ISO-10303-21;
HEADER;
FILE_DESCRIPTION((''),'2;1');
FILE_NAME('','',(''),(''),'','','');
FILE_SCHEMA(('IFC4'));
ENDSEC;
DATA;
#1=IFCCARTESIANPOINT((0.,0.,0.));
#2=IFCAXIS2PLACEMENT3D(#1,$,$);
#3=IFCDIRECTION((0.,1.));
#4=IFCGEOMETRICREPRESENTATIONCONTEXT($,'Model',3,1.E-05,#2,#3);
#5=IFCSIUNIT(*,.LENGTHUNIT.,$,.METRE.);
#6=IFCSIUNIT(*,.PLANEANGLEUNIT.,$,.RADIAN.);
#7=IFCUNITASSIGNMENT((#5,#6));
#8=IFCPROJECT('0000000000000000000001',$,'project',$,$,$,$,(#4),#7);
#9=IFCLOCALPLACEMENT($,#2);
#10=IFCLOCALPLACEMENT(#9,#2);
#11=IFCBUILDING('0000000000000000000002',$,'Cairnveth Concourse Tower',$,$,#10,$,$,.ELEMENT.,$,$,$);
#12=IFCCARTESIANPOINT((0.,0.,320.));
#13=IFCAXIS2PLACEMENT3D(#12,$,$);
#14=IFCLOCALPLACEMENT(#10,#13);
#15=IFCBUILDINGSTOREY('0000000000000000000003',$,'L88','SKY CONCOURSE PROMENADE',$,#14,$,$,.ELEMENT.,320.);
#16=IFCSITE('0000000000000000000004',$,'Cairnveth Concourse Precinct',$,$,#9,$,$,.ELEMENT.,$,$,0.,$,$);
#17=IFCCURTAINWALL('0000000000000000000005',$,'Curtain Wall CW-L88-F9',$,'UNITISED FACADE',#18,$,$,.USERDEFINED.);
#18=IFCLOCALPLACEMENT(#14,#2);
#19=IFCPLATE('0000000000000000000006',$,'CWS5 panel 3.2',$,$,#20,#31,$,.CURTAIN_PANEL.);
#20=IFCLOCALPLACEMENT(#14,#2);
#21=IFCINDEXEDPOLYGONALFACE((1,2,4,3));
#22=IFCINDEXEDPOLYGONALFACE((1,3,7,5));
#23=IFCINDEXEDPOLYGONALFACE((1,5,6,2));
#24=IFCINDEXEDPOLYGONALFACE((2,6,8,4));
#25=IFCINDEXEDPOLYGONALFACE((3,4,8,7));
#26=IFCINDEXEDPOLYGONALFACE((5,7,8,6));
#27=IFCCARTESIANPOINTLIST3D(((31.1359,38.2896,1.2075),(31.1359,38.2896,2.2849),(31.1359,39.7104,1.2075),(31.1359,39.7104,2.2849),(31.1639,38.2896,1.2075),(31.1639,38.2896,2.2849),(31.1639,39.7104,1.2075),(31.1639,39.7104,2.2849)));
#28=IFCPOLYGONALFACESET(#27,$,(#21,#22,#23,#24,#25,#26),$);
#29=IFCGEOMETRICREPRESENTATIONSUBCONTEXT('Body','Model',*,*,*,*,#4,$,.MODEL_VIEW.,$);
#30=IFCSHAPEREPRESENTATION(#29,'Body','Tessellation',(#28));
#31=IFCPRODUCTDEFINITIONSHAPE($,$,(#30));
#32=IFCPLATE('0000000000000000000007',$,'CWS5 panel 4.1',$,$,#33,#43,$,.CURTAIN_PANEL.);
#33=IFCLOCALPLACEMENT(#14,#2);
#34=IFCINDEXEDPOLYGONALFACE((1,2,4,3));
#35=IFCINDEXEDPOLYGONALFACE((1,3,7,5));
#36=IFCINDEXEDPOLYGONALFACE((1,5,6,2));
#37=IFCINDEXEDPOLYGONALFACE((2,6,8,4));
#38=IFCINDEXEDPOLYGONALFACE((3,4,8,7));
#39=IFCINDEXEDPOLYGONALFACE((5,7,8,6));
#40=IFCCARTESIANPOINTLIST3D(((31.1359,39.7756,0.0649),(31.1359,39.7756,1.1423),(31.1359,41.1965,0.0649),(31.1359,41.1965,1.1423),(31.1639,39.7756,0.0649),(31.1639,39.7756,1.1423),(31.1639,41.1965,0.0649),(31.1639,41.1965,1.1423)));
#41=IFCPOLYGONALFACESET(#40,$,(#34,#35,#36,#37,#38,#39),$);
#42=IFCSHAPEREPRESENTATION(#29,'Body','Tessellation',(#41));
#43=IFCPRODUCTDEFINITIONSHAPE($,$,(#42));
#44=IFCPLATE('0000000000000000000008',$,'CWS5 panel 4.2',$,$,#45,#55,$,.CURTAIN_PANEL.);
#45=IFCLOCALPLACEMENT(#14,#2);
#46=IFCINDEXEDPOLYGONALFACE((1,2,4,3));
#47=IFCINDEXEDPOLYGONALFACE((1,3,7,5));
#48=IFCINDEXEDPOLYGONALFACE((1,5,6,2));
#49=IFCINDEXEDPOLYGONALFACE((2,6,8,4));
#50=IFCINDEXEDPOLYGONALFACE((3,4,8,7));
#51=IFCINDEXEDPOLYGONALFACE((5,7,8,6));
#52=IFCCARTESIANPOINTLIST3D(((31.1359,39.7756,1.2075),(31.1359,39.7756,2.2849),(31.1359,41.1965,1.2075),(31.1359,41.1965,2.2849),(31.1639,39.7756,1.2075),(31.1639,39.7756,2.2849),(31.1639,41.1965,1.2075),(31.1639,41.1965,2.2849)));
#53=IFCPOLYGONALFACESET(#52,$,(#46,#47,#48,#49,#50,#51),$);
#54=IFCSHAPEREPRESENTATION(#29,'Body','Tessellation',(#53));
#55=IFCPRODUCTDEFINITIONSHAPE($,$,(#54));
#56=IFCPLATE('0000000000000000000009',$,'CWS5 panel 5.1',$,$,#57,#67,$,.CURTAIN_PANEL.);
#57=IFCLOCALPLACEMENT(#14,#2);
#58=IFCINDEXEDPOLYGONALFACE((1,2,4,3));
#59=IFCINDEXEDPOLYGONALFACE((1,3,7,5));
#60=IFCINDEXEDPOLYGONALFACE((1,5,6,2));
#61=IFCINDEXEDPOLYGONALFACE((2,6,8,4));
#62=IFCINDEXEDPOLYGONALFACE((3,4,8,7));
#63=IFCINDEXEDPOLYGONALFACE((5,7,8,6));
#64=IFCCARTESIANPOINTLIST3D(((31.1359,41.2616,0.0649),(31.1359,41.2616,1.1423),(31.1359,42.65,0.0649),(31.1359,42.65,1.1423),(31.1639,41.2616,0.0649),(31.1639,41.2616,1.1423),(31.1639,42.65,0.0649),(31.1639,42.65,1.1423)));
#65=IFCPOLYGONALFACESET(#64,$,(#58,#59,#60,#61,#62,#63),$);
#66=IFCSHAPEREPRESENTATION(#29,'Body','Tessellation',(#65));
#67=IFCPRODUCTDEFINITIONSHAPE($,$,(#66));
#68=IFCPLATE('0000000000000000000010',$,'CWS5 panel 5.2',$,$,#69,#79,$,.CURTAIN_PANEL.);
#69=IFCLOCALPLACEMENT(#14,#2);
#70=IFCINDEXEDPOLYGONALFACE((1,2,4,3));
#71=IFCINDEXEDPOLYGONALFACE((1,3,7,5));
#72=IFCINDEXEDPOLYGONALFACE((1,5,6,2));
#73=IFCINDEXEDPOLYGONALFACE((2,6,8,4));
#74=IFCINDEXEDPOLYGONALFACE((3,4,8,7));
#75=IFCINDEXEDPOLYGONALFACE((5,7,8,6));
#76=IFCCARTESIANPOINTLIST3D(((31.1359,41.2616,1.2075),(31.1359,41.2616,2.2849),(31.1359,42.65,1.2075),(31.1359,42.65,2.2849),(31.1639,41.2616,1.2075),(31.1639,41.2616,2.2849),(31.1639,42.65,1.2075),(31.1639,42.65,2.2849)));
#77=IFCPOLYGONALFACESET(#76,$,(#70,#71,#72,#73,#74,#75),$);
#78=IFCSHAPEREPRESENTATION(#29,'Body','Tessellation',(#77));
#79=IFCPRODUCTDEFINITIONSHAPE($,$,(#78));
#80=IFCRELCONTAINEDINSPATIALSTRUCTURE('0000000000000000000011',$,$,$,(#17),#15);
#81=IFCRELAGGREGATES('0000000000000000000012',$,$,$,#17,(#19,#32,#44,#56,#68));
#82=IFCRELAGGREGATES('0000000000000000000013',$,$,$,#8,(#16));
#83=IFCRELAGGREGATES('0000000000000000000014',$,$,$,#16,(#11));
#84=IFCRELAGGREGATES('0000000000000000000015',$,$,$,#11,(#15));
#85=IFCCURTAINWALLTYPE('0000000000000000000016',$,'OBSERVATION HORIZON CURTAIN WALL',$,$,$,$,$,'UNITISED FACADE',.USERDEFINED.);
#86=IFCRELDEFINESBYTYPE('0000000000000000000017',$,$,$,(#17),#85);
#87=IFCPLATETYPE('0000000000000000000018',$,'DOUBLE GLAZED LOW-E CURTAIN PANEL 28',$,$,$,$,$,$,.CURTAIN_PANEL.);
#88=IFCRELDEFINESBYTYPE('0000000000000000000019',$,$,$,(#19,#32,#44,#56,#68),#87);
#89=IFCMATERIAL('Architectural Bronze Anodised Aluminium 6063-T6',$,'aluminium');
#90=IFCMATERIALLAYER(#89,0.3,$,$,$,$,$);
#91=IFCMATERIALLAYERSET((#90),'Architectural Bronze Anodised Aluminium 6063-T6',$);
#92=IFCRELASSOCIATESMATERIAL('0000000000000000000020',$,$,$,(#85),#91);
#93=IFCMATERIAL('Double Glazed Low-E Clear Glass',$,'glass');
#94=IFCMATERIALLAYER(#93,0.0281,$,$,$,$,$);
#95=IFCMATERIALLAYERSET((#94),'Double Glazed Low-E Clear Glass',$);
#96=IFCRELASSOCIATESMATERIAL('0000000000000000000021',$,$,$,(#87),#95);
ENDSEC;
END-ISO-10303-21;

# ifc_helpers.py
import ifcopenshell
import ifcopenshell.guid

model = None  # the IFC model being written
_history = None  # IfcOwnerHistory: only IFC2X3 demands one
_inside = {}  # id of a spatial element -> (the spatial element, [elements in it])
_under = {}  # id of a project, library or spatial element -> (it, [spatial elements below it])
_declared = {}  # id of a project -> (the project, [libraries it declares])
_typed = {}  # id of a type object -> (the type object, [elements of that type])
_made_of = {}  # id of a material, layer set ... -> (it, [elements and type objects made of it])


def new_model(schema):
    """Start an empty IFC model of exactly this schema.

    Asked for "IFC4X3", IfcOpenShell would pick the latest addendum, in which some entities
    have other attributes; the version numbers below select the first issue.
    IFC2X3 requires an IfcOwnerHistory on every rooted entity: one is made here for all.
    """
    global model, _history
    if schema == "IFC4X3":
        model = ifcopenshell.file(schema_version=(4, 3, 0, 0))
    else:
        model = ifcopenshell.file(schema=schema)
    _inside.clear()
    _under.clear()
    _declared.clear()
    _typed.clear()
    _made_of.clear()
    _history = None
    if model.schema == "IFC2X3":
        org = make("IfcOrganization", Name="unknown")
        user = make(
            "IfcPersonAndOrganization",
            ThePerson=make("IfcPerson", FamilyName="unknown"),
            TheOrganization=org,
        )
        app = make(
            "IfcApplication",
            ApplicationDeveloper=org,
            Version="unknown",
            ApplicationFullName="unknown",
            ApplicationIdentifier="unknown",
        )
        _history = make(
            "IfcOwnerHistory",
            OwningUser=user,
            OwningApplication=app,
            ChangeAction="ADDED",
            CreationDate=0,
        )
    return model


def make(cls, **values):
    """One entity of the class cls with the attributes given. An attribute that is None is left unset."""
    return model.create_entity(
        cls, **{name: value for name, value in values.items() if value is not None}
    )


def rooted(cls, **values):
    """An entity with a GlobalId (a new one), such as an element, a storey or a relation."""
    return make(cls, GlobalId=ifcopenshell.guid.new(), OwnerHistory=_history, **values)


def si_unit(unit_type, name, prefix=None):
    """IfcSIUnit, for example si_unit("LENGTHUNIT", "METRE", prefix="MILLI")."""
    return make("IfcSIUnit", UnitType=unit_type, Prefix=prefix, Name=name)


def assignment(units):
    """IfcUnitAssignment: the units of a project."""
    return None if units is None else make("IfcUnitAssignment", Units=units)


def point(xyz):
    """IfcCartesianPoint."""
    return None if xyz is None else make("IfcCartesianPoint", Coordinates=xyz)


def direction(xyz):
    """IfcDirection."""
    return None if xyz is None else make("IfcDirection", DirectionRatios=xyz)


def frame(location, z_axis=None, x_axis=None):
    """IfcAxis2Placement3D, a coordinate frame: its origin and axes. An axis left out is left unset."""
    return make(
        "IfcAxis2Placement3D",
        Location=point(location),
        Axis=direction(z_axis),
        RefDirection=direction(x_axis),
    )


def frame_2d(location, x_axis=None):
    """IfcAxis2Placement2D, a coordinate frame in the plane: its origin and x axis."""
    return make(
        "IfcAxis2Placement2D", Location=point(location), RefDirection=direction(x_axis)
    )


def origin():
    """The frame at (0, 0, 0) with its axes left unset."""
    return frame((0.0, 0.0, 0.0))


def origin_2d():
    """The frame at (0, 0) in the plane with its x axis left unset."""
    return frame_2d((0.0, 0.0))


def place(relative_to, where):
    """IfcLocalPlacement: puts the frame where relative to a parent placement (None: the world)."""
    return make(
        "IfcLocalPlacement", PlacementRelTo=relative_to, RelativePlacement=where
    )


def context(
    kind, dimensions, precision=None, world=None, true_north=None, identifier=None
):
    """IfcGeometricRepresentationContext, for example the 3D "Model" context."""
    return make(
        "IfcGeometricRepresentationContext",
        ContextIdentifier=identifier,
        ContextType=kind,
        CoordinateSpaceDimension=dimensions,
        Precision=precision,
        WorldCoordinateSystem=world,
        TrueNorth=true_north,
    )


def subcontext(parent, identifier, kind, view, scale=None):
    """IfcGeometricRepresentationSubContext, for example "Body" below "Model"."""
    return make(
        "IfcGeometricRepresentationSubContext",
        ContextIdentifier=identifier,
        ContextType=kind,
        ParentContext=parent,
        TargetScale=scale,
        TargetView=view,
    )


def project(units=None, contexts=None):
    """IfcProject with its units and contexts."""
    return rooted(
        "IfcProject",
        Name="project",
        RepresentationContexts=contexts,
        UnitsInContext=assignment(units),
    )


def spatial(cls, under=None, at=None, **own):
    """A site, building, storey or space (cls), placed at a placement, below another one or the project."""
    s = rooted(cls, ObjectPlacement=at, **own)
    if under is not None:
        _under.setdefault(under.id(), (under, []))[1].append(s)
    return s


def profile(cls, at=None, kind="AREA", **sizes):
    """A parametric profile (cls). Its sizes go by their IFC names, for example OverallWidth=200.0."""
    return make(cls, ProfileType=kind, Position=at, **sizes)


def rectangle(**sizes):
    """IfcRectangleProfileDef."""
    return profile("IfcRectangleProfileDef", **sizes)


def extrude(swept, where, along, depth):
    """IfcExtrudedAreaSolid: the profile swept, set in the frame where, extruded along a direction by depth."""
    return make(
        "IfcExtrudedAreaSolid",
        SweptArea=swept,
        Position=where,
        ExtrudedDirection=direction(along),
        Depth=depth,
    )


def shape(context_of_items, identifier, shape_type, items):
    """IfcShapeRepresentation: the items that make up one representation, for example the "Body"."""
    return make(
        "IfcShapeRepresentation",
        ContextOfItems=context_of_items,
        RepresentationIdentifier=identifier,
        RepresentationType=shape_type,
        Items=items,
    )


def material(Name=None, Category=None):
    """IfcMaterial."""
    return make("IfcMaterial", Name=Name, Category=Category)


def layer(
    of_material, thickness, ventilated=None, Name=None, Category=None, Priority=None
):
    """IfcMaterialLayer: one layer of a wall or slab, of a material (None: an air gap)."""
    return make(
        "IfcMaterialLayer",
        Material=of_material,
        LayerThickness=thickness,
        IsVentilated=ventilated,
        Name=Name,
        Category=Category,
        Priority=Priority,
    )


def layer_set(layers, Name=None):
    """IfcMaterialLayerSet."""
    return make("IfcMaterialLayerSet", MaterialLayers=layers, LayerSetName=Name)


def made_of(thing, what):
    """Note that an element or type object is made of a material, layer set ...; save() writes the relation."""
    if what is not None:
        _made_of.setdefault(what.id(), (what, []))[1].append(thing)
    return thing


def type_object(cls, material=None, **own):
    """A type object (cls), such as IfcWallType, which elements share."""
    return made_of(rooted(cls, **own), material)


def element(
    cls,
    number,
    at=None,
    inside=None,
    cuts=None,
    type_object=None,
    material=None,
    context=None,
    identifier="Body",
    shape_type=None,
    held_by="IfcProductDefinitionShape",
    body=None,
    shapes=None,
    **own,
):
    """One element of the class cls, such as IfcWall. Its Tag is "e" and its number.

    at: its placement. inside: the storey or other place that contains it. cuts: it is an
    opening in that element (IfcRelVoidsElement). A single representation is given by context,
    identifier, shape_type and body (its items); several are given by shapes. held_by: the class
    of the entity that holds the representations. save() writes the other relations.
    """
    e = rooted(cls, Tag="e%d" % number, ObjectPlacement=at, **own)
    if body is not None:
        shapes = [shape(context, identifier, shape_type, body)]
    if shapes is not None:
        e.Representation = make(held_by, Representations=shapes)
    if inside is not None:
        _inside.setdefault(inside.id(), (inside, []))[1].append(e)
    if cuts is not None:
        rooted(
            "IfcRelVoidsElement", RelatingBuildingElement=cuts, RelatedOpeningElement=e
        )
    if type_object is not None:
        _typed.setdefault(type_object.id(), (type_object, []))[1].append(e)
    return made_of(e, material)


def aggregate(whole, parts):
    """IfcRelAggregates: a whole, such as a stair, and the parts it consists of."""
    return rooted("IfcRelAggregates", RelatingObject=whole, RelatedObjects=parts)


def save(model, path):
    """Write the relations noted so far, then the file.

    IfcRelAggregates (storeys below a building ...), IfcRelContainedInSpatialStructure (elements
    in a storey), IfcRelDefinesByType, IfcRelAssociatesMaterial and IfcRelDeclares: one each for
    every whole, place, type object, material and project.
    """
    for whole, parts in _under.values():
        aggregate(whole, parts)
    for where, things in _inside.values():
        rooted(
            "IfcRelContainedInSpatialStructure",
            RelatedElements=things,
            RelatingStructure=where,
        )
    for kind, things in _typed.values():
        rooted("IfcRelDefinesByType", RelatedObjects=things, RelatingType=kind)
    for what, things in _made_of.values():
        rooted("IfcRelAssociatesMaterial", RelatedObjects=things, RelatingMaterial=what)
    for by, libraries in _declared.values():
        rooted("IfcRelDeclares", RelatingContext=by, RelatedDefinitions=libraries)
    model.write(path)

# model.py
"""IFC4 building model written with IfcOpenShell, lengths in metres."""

from ifc_helpers import new_model, si_unit, direction, frame, origin, origin_2d, place, context, subcontext, project, spatial, rectangle, extrude, material, layer, layer_set, type_object, element, aggregate, save


model = new_model("IFC4")

# Units and contexts
model_context = context("Model", 3, precision=1e-05, world=origin(), true_north=direction((0.0, 1.0)))
body_context = subcontext(model_context, "Body", "Model", "MODEL_VIEW")
ifc_project = project(units=[si_unit("LENGTHUNIT", "METRE"), si_unit("PLANEANGLEUNIT", "RADIAN")], contexts=[model_context])

# Site, building, storey
site_placement = place(None, origin())
site = spatial("IfcSite", under=ifc_project, at=site_placement, Name="Cairnveth Concourse Precinct", CompositionType="ELEMENT", RefElevation=0.0)
building_placement = place(site_placement, origin())
building = spatial("IfcBuilding", under=site, at=building_placement, Name="Cairnveth Concourse Tower", CompositionType="ELEMENT")
storey_placement = place(building_placement, frame((0.0, 0.0, 320.0)))
storey = spatial("IfcBuildingStorey", under=building, at=storey_placement, Name="L88", Description="SKY CONCOURSE PROMENADE", CompositionType="ELEMENT", Elevation=320.0)

# Curtain wall, plates
ifc_material_1 = material(Name="Architectural Bronze Anodised Aluminium 6063-T6", Category="aluminium")
ifc_layer_1 = layer(ifc_material_1, 0.3)
ifc_layer_set_1 = layer_set([ifc_layer_1], Name="Architectural Bronze Anodised Aluminium 6063-T6")
curtain_wall_type = type_object("IfcCurtainWallType", Name="OBSERVATION HORIZON CURTAIN WALL", ElementType="UNITISED FACADE", PredefinedType="USERDEFINED", material=ifc_layer_set_1)
curtain_wall_placement = place(storey_placement, origin())
curtain_wall = element("IfcCurtainWall", 1, at=curtain_wall_placement, inside=storey, type_object=curtain_wall_type, Name="Curtain Wall CW-L88-F9", ObjectType="UNITISED FACADE", PredefinedType="USERDEFINED")
ifc_material_2 = material(Name="Double Glazed Low-E Clear Glass", Category="glass")
ifc_layer_2 = layer(ifc_material_2, 0.0281)
ifc_layer_set_2 = layer_set([ifc_layer_2], Name="Double Glazed Low-E Clear Glass")
plate_type = type_object("IfcPlateType", Name="DOUBLE GLAZED LOW-E CURTAIN PANEL 28", PredefinedType="CURTAIN_PANEL", material=ifc_layer_set_2)
plate_1_placement = place(storey_placement, frame((31.1499, 39.0, 1.2075), z_axis=(0.0, 0.0, 1.0), x_axis=(0.0, 1.0, 0.0)))
plate_1 = element("IfcPlate", 2, at=plate_1_placement, type_object=plate_type, Name="CWS5 panel 3.2", PredefinedType="CURTAIN_PANEL", context=body_context, shape_type="SweptSolid", body=[
    extrude(rectangle(XDim=1.4209, YDim=0.0281, at=origin_2d()), origin(), (0.0, 0.0, 1.0), 1.0774),
])
plate_2_placement = place(storey_placement, frame((31.1499, 40.4861, 0.0649), z_axis=(0.0, 0.0, 1.0), x_axis=(0.0, 1.0, 0.0)))
plate_2 = element("IfcPlate", 3, at=plate_2_placement, type_object=plate_type, Name="CWS5 panel 4.1", PredefinedType="CURTAIN_PANEL", context=body_context, shape_type="SweptSolid", body=[
    extrude(rectangle(XDim=1.4209, YDim=0.0281, at=origin_2d()), origin(), (0.0, 0.0, 1.0), 1.0774),
])
plate_3_placement = place(storey_placement, frame((31.1499, 40.4861, 1.2075), z_axis=(0.0, 0.0, 1.0), x_axis=(0.0, 1.0, 0.0)))
plate_3 = element("IfcPlate", 4, at=plate_3_placement, type_object=plate_type, Name="CWS5 panel 4.2", PredefinedType="CURTAIN_PANEL", context=body_context, shape_type="SweptSolid", body=[
    extrude(rectangle(XDim=1.4209, YDim=0.0281, at=origin_2d()), origin(), (0.0, 0.0, 1.0), 1.0774),
])
plate_4_placement = place(storey_placement, frame((31.1499, 41.9558, 0.0649), z_axis=(0.0, 0.0, 1.0), x_axis=(0.0, 1.0, 0.0)))
plate_4 = element("IfcPlate", 5, at=plate_4_placement, type_object=plate_type, Name="CWS5 panel 5.1", PredefinedType="CURTAIN_PANEL", context=body_context, shape_type="SweptSolid", body=[
    extrude(rectangle(XDim=1.3884, YDim=0.0281, at=origin_2d()), origin(), (0.0, 0.0, 1.0), 1.0774),
])
plate_5_placement = place(storey_placement, frame((31.1499, 41.9558, 1.2075), z_axis=(0.0, 0.0, 1.0), x_axis=(0.0, 1.0, 0.0)))
plate_5 = element("IfcPlate", 6, at=plate_5_placement, type_object=plate_type, Name="CWS5 panel 5.2", PredefinedType="CURTAIN_PANEL", context=body_context, shape_type="SweptSolid", body=[
    extrude(rectangle(XDim=1.3884, YDim=0.0281, at=origin_2d()), origin(), (0.0, 0.0, 1.0), 1.0774),
])
aggregate(curtain_wall, [plate_1, plate_2, plate_3, plate_4, plate_5])

save(model, "model.ifc")
